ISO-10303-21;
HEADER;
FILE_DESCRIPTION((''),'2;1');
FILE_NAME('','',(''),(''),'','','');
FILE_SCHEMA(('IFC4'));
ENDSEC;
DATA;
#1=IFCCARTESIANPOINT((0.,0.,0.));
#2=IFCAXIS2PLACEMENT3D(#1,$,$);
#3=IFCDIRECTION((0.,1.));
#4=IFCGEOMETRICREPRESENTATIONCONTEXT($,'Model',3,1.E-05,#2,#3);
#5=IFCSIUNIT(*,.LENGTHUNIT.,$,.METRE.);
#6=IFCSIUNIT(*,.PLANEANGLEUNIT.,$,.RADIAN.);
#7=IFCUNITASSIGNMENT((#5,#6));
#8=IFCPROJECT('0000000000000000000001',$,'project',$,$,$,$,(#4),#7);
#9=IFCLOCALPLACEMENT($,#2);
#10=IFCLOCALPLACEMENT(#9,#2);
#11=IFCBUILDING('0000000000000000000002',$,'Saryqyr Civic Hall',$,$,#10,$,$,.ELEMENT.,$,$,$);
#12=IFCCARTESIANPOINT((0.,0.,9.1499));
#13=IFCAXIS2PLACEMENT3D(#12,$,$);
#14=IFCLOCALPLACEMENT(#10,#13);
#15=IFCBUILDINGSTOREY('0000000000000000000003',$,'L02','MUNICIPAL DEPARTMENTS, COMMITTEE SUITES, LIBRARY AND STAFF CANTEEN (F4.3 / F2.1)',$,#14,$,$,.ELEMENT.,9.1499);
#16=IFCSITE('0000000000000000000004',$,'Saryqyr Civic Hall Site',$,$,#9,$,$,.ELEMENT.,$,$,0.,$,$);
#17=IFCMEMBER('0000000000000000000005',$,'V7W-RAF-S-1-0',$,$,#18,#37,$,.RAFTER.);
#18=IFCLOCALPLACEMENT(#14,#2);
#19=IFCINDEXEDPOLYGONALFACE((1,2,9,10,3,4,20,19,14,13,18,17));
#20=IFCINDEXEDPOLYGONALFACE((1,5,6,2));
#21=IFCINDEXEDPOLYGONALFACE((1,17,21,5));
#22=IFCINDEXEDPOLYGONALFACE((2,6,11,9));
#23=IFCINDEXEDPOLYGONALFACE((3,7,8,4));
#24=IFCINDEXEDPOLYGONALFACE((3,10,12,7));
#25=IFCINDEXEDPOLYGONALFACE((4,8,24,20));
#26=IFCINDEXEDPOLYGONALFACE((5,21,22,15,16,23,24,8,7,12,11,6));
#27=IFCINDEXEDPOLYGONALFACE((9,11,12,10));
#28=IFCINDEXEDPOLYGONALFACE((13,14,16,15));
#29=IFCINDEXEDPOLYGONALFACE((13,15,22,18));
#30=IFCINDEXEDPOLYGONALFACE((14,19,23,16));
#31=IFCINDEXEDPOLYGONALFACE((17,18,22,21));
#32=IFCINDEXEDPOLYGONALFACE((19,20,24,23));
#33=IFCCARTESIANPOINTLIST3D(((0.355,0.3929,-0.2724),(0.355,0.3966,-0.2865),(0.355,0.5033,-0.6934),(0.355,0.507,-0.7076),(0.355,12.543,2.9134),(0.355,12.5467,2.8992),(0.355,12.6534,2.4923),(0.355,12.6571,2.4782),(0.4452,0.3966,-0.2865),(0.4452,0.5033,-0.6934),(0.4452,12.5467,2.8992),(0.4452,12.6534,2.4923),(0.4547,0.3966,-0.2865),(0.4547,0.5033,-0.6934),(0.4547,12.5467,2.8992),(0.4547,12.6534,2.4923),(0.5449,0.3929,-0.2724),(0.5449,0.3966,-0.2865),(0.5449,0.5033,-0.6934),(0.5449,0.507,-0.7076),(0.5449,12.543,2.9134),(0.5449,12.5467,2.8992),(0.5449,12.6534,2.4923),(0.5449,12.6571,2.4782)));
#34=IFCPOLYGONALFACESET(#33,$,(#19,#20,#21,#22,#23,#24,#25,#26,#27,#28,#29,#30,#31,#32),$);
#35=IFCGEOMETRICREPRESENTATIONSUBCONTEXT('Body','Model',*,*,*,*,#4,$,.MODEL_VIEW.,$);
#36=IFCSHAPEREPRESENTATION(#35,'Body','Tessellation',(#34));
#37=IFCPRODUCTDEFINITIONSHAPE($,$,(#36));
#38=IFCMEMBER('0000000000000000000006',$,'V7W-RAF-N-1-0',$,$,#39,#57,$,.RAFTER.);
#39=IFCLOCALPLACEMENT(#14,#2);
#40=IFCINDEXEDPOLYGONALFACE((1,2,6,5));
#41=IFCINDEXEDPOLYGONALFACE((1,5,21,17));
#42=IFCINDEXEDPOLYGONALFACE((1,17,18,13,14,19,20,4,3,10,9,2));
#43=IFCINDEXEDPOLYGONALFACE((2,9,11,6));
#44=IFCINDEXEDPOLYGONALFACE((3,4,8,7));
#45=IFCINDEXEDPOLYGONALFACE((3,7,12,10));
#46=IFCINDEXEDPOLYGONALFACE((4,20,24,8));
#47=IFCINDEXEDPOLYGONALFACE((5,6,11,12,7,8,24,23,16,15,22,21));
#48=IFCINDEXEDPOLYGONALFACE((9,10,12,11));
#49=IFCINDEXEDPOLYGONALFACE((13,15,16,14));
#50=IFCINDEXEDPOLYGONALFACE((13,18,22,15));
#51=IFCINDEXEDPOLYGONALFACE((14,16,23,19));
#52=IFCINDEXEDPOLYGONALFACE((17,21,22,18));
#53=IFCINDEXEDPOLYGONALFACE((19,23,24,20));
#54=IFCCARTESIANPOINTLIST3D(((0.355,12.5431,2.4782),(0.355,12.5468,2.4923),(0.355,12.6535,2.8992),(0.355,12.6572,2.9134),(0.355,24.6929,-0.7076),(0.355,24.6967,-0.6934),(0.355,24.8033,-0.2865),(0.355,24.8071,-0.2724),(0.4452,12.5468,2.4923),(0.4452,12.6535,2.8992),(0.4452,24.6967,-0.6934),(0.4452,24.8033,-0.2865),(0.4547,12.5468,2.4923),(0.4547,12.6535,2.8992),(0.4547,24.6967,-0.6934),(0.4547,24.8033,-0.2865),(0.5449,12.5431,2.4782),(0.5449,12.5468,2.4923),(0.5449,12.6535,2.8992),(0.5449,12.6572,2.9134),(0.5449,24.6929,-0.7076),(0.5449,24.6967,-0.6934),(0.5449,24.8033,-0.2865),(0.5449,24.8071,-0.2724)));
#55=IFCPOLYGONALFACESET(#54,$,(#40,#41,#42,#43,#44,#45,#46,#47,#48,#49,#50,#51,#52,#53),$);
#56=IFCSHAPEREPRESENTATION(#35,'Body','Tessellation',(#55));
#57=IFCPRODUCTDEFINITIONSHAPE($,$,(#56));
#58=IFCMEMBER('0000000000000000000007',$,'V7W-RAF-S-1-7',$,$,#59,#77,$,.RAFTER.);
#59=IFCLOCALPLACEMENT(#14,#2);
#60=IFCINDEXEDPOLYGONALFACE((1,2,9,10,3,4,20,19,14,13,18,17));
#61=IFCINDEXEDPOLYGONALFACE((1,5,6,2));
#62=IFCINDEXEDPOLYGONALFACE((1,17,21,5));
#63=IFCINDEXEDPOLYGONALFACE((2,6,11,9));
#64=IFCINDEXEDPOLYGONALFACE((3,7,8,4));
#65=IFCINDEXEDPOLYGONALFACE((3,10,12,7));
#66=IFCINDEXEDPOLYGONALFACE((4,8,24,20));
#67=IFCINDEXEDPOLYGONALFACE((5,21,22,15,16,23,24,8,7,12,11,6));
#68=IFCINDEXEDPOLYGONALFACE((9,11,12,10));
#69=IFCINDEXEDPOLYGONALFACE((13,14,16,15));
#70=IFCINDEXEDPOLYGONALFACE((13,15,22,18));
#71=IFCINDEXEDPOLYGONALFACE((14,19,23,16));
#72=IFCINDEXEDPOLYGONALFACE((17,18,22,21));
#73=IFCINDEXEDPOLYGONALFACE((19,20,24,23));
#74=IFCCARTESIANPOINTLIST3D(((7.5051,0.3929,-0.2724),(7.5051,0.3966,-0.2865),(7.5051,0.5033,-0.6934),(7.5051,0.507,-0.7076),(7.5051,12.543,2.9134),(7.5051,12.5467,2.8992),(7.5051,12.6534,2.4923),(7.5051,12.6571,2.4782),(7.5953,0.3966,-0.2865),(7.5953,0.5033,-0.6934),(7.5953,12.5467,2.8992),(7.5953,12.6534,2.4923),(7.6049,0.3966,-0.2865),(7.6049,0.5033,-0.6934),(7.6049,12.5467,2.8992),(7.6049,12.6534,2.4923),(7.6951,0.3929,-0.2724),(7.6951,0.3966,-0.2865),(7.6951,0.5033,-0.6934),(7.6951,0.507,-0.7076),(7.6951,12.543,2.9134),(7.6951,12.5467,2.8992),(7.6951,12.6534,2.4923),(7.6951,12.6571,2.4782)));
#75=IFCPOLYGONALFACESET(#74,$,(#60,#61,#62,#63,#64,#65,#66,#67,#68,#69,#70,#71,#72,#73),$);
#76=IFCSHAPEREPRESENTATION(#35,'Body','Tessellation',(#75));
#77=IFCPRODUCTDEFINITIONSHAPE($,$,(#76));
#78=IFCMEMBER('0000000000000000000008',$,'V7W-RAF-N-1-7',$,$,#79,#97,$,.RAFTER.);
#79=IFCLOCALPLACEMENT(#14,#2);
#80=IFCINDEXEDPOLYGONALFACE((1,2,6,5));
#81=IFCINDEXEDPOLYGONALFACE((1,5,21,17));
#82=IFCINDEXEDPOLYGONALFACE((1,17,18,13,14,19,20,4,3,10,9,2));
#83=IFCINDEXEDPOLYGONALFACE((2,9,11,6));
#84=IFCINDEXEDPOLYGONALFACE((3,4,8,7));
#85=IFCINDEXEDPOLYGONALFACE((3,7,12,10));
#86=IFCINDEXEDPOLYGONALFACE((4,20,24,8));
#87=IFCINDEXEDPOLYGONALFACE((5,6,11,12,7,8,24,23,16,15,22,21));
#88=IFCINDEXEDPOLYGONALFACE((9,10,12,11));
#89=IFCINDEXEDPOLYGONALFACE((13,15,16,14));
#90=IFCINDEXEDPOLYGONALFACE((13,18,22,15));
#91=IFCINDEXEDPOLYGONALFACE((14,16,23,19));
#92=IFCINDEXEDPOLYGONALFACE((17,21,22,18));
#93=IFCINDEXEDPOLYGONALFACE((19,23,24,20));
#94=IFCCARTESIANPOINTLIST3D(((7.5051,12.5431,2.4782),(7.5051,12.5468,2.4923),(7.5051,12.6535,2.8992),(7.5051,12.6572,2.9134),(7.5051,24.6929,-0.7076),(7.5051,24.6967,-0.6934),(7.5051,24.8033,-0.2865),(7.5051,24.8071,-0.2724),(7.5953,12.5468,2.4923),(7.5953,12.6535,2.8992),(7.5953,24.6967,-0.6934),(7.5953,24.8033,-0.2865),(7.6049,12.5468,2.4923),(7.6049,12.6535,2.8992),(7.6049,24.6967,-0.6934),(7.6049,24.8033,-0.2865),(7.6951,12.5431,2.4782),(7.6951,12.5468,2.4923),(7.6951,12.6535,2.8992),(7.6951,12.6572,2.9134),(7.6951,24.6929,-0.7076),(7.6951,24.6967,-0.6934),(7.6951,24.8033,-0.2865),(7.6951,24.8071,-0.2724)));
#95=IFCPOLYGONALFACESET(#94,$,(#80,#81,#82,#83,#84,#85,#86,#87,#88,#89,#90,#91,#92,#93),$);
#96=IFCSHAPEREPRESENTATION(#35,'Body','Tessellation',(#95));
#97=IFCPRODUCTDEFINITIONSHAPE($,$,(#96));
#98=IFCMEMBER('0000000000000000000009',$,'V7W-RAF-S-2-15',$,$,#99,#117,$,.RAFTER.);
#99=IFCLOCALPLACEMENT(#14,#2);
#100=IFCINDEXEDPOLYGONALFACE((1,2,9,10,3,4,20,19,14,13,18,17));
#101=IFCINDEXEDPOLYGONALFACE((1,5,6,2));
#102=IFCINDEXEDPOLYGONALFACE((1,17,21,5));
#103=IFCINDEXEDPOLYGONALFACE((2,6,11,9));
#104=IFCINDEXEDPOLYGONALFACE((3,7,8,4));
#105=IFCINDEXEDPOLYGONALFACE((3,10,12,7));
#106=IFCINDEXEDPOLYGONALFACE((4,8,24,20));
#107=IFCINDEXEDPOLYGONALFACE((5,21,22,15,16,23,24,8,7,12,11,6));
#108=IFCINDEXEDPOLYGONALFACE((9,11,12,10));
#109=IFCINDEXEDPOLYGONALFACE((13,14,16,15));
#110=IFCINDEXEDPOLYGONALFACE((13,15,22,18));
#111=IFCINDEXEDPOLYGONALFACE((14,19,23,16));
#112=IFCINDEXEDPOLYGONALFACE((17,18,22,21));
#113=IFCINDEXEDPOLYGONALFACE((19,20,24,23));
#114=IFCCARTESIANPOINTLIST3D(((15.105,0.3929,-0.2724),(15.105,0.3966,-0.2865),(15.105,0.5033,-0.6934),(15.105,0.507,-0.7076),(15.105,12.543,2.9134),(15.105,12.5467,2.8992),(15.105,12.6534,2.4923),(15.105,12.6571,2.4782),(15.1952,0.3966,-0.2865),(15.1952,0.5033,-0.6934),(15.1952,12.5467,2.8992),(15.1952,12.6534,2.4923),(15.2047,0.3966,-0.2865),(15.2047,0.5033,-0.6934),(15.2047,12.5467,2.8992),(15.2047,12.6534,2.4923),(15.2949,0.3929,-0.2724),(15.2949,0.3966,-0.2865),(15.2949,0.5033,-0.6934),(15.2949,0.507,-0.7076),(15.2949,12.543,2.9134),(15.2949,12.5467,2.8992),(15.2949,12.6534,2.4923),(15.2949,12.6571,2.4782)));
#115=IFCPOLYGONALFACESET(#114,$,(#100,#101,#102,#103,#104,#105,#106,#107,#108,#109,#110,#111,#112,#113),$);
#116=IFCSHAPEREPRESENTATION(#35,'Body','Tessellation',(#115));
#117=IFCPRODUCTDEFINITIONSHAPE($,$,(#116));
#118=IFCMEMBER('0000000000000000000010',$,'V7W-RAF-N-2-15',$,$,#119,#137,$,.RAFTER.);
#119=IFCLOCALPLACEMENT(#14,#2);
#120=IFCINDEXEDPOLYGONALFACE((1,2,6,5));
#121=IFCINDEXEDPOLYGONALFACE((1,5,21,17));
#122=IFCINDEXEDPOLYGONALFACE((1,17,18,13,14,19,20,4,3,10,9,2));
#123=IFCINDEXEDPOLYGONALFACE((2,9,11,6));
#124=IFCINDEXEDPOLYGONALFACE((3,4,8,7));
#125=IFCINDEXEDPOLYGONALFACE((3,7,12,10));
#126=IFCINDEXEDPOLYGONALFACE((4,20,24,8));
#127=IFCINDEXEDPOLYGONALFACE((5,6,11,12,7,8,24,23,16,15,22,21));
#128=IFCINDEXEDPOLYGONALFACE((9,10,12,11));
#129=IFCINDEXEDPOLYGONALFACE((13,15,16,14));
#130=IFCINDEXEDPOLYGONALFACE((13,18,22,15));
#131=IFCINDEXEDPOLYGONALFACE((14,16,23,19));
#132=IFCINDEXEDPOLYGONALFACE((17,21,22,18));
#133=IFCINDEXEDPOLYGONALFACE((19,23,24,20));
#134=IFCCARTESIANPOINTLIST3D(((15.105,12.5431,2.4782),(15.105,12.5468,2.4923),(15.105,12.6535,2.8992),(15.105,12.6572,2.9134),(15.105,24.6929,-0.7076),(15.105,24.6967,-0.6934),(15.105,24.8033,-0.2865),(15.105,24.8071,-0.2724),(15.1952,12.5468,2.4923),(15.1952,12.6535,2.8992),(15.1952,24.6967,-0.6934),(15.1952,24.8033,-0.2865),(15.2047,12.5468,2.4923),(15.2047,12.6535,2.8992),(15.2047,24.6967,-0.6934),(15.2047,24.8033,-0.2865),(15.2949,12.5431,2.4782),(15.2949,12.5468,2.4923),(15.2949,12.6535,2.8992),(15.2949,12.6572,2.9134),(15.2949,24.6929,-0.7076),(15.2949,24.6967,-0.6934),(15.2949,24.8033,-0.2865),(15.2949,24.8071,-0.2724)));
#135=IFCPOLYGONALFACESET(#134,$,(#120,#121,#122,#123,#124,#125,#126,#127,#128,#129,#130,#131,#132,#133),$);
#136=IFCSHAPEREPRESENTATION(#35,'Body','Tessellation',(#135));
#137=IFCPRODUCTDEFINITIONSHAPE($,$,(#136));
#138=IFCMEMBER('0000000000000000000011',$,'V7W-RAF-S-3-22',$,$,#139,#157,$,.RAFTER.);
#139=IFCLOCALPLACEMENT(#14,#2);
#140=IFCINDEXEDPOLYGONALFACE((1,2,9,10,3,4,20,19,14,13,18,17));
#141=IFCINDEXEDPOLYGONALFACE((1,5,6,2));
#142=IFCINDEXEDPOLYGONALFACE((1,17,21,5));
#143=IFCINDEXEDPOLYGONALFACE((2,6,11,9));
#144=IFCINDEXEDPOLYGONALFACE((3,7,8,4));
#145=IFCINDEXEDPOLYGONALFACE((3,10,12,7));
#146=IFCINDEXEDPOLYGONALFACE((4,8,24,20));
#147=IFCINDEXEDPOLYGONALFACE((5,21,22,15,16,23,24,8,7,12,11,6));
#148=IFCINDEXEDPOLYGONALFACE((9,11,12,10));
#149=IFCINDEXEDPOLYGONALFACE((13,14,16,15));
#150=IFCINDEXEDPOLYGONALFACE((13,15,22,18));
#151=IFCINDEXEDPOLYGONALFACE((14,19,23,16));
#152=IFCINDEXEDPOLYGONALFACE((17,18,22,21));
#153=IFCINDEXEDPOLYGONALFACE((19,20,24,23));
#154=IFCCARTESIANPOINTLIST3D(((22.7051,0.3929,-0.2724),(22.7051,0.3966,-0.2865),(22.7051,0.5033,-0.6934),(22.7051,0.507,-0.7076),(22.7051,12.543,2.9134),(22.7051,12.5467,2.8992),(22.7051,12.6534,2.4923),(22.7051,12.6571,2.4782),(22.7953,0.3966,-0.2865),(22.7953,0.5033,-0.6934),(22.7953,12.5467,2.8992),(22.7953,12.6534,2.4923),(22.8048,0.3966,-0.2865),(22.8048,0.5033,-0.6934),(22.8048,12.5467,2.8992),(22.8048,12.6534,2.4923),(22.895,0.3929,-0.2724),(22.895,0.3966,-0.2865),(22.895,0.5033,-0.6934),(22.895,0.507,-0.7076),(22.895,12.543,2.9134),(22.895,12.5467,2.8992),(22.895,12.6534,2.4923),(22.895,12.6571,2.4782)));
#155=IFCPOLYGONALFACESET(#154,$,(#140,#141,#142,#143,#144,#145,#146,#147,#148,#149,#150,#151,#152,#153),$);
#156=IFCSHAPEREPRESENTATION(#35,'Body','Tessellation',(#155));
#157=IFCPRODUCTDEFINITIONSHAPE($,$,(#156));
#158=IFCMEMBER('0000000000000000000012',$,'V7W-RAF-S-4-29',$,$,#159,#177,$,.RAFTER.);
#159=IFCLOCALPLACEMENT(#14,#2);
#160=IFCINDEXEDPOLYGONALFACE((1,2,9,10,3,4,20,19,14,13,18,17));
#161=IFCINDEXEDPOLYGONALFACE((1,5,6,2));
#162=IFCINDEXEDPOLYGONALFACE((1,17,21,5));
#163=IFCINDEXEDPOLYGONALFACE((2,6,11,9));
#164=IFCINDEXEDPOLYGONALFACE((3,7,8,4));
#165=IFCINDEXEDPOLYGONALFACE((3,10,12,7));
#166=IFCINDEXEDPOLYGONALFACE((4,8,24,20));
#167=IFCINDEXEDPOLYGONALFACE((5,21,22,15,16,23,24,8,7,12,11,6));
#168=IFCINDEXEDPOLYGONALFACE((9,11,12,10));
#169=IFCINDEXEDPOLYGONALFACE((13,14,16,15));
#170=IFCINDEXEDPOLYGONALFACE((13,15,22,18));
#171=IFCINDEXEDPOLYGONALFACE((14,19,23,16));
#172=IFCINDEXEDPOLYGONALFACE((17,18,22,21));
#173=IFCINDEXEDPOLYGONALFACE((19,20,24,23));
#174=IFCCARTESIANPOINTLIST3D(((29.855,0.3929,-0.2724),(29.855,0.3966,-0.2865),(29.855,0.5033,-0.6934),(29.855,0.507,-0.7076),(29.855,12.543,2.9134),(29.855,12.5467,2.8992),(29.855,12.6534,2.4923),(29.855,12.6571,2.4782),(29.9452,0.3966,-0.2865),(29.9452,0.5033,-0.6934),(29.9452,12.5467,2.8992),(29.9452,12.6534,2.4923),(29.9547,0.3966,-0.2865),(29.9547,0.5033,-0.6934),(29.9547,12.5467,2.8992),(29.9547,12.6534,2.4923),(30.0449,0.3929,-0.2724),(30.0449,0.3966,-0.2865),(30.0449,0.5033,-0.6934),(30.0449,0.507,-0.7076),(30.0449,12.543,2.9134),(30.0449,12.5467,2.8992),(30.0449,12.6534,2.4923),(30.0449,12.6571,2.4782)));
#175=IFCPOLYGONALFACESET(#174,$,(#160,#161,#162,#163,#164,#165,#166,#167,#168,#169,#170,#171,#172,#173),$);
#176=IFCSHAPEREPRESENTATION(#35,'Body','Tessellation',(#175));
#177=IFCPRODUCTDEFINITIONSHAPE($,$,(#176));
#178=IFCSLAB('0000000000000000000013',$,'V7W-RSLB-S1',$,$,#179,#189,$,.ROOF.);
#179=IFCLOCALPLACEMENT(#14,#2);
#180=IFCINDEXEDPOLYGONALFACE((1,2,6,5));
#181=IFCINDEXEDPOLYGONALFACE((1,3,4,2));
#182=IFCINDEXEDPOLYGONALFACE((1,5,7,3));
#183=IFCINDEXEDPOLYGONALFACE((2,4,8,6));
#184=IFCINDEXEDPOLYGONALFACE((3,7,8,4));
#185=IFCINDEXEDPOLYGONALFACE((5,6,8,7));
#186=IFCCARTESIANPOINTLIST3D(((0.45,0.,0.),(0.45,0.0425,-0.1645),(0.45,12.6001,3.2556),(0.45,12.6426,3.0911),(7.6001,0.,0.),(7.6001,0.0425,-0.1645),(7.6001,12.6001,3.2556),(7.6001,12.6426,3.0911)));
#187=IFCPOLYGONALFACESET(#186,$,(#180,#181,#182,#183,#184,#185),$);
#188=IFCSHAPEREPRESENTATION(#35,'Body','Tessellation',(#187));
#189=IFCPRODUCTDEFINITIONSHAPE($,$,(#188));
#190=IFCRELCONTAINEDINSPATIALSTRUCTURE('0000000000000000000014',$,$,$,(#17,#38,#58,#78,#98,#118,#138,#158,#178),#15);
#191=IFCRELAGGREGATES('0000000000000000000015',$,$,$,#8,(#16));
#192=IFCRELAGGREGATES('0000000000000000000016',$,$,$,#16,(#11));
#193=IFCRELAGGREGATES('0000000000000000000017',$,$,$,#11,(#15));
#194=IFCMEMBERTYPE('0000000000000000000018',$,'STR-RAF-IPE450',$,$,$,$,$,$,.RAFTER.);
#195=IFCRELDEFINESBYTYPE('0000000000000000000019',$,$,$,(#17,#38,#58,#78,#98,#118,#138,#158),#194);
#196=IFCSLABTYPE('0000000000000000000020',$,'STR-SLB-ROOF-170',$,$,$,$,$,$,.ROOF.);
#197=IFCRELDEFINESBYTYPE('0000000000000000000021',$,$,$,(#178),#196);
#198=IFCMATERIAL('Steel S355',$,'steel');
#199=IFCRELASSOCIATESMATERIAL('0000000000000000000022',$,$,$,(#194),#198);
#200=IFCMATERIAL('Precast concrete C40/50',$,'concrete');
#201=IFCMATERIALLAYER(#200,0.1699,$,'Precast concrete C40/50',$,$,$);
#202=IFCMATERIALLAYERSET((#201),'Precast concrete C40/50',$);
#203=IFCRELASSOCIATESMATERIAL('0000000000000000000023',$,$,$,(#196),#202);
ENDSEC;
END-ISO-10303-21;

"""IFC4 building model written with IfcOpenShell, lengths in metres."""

from ifc_helpers import new_model, si_unit, direction, frame, origin, origin_2d, place, context, subcontext, project, spatial, polyline, i_section, outline, extrude, material, layer, layer_set, material_profile, profile_set, type_object, element, save


model = new_model("IFC4")

# Units and contexts
model_context = context("Model", 3, precision=1e-05, world=origin(), true_north=direction((0.0, 1.0)))
body_context = subcontext(model_context, "Body", "Model", "MODEL_VIEW")
ifc_project = project(units=[si_unit("LENGTHUNIT", "METRE"), si_unit("PLANEANGLEUNIT", "RADIAN")], contexts=[model_context])

# Site, building, storey
site_placement = place(None, origin())
site = spatial("IfcSite", under=ifc_project, at=site_placement, Name="Saryqyr Civic Hall Site", CompositionType="ELEMENT", RefElevation=0.0)
building_placement = place(site_placement, origin())
building = spatial("IfcBuilding", under=site, at=building_placement, Name="Saryqyr Civic Hall", CompositionType="ELEMENT")
storey_placement = place(building_placement, frame((0.0, 0.0, 9.1499)))
storey = spatial("IfcBuildingStorey", under=building, at=storey_placement, Name="L02", Description="MUNICIPAL DEPARTMENTS, COMMITTEE SUITES, LIBRARY AND STAFF CANTEEN (F4.3 / F2.1)", CompositionType="ELEMENT", Elevation=9.1499)

# Members
ifc_material_1 = material(Name="Steel S355", Category="steel")
ifc_material_profile = material_profile(ifc_material_1, i_section(OverallWidth=0.1899, OverallDepth=0.45, WebThickness=0.0095, FlangeThickness=0.0146, at=origin_2d()), Name="IPE 450")
ifc_profile_set = profile_set([ifc_material_profile], Name="Steel S355")
member_type = type_object("IfcMemberType", Name="STR-RAF-IPE450", PredefinedType="RAFTER", material=ifc_profile_set)
member_1_placement = place(storey_placement, frame((0.45, 0.45, -0.49), z_axis=(0.0, 0.967302, 0.253628), x_axis=(-1.0, 0.0, 0.0)))
element("IfcMember", 1, at=member_1_placement, inside=storey, type_object=member_type, Name="V7W-RAF-S-1-0", PredefinedType="RAFTER", context=body_context, shape_type="SweptSolid", body=[
    extrude(i_section(OverallWidth=0.1899, OverallDepth=0.45, WebThickness=0.0095, FlangeThickness=0.0146, at=origin_2d()), origin(), (0.0, 0.0, 1.0), 12.5608),
])
member_2_placement = place(storey_placement, frame((0.45, 24.75, -0.49), z_axis=(0.0, -0.9673, 0.253633), x_axis=(1.0, 0.0, 0.0)))
element("IfcMember", 2, at=member_2_placement, inside=storey, type_object=member_type, Name="V7W-RAF-N-1-0", PredefinedType="RAFTER", context=body_context, shape_type="SweptSolid", body=[
    extrude(i_section(OverallWidth=0.1899, OverallDepth=0.45, WebThickness=0.0095, FlangeThickness=0.0146, at=origin_2d()), origin(), (0.0, 0.0, 1.0), 12.5605),
])
member_3_placement = place(storey_placement, frame((7.6001, 0.45, -0.49), z_axis=(0.0, 0.967302, 0.253628), x_axis=(-1.0, 0.0, 0.0)))
element("IfcMember", 3, at=member_3_placement, inside=storey, type_object=member_type, Name="V7W-RAF-S-1-7", PredefinedType="RAFTER", context=body_context, shape_type="SweptSolid", body=[
    extrude(i_section(OverallWidth=0.1899, OverallDepth=0.45, WebThickness=0.0095, FlangeThickness=0.0146, at=origin_2d()), origin(), (0.0, 0.0, 1.0), 12.5608),
])
member_4_placement = place(storey_placement, frame((7.6001, 24.75, -0.49), z_axis=(0.0, -0.9673, 0.253633), x_axis=(1.0, 0.0, 0.0)))
element("IfcMember", 4, at=member_4_placement, inside=storey, type_object=member_type, Name="V7W-RAF-N-1-7", PredefinedType="RAFTER", context=body_context, shape_type="SweptSolid", body=[
    extrude(i_section(OverallWidth=0.1899, OverallDepth=0.45, WebThickness=0.0095, FlangeThickness=0.0146, at=origin_2d()), origin(), (0.0, 0.0, 1.0), 12.5605),
])
member_5_placement = place(storey_placement, frame((15.2, 0.45, -0.49), z_axis=(0.0, 0.967302, 0.253628), x_axis=(-1.0, 0.0, 0.0)))
element("IfcMember", 5, at=member_5_placement, inside=storey, type_object=member_type, Name="V7W-RAF-S-2-15", PredefinedType="RAFTER", context=body_context, shape_type="SweptSolid", body=[
    extrude(i_section(OverallWidth=0.1899, OverallDepth=0.45, WebThickness=0.0095, FlangeThickness=0.0146, at=origin_2d()), origin(), (0.0, 0.0, 1.0), 12.5608),
])
member_6_placement = place(storey_placement, frame((15.2, 24.75, -0.49), z_axis=(0.0, -0.9673, 0.253633), x_axis=(1.0, 0.0, 0.0)))
element("IfcMember", 6, at=member_6_placement, inside=storey, type_object=member_type, Name="V7W-RAF-N-2-15", PredefinedType="RAFTER", context=body_context, shape_type="SweptSolid", body=[
    extrude(i_section(OverallWidth=0.1899, OverallDepth=0.45, WebThickness=0.0095, FlangeThickness=0.0146, at=origin_2d()), origin(), (0.0, 0.0, 1.0), 12.5605),
])
for number, where, z_axis, x_axis, name in (
    (7, (22.8, 0.45, -0.49), (0.0, 0.967302, 0.253628), (-1.0, 0.0, 0.0), "V7W-RAF-S-3-22"),
    (8, (29.95, 0.45, -0.49), (0.0, 0.967302, 0.253628), (-1.0, 0.0, 0.0), "V7W-RAF-S-4-29"),
):
    element("IfcMember", number, at=place(storey_placement, frame(where, z_axis=z_axis, x_axis=x_axis)), inside=storey, type_object=member_type, Name=name, PredefinedType="RAFTER", context=body_context, shape_type="SweptSolid", body=[
        extrude(i_section(OverallWidth=0.1899, OverallDepth=0.45, WebThickness=0.0095, FlangeThickness=0.0146, at=origin_2d()), origin(), (0.0, 0.0, 1.0), 12.5608),
    ])

# Slab
ifc_material_2 = material(Name="Precast concrete C40/50", Category="concrete")
ifc_layer_1 = layer(ifc_material_2, 0.1699, Name="Precast concrete C40/50")
ifc_layer_set_1 = layer_set([ifc_layer_1], Name="Precast concrete C40/50")
slab_type = type_object("IfcSlabType", Name="STR-SLB-ROOF-170", PredefinedType="ROOF", material=ifc_layer_set_1)
slab_1_placement = place(storey_placement, frame((0.45, 0.0, 0.0), z_axis=(0.0, -0.250165, 0.968203), x_axis=(1.0, 0.0, 0.0)))
element("IfcSlab", 9, at=slab_1_placement, inside=storey, type_object=slab_type, Name="V7W-RSLB-S1", PredefinedType="ROOF", context=body_context, shape_type="SweptSolid", body=[
    extrude(outline(polyline([(0.0, 0.0), (7.1501, 0.0), (7.1501, 13.0139), (0.0, 13.0139), (0.0, 0.0)])), origin(), (0.0, 0.0, -1.0), 0.1699),
])

save(model, "model.ifc")
